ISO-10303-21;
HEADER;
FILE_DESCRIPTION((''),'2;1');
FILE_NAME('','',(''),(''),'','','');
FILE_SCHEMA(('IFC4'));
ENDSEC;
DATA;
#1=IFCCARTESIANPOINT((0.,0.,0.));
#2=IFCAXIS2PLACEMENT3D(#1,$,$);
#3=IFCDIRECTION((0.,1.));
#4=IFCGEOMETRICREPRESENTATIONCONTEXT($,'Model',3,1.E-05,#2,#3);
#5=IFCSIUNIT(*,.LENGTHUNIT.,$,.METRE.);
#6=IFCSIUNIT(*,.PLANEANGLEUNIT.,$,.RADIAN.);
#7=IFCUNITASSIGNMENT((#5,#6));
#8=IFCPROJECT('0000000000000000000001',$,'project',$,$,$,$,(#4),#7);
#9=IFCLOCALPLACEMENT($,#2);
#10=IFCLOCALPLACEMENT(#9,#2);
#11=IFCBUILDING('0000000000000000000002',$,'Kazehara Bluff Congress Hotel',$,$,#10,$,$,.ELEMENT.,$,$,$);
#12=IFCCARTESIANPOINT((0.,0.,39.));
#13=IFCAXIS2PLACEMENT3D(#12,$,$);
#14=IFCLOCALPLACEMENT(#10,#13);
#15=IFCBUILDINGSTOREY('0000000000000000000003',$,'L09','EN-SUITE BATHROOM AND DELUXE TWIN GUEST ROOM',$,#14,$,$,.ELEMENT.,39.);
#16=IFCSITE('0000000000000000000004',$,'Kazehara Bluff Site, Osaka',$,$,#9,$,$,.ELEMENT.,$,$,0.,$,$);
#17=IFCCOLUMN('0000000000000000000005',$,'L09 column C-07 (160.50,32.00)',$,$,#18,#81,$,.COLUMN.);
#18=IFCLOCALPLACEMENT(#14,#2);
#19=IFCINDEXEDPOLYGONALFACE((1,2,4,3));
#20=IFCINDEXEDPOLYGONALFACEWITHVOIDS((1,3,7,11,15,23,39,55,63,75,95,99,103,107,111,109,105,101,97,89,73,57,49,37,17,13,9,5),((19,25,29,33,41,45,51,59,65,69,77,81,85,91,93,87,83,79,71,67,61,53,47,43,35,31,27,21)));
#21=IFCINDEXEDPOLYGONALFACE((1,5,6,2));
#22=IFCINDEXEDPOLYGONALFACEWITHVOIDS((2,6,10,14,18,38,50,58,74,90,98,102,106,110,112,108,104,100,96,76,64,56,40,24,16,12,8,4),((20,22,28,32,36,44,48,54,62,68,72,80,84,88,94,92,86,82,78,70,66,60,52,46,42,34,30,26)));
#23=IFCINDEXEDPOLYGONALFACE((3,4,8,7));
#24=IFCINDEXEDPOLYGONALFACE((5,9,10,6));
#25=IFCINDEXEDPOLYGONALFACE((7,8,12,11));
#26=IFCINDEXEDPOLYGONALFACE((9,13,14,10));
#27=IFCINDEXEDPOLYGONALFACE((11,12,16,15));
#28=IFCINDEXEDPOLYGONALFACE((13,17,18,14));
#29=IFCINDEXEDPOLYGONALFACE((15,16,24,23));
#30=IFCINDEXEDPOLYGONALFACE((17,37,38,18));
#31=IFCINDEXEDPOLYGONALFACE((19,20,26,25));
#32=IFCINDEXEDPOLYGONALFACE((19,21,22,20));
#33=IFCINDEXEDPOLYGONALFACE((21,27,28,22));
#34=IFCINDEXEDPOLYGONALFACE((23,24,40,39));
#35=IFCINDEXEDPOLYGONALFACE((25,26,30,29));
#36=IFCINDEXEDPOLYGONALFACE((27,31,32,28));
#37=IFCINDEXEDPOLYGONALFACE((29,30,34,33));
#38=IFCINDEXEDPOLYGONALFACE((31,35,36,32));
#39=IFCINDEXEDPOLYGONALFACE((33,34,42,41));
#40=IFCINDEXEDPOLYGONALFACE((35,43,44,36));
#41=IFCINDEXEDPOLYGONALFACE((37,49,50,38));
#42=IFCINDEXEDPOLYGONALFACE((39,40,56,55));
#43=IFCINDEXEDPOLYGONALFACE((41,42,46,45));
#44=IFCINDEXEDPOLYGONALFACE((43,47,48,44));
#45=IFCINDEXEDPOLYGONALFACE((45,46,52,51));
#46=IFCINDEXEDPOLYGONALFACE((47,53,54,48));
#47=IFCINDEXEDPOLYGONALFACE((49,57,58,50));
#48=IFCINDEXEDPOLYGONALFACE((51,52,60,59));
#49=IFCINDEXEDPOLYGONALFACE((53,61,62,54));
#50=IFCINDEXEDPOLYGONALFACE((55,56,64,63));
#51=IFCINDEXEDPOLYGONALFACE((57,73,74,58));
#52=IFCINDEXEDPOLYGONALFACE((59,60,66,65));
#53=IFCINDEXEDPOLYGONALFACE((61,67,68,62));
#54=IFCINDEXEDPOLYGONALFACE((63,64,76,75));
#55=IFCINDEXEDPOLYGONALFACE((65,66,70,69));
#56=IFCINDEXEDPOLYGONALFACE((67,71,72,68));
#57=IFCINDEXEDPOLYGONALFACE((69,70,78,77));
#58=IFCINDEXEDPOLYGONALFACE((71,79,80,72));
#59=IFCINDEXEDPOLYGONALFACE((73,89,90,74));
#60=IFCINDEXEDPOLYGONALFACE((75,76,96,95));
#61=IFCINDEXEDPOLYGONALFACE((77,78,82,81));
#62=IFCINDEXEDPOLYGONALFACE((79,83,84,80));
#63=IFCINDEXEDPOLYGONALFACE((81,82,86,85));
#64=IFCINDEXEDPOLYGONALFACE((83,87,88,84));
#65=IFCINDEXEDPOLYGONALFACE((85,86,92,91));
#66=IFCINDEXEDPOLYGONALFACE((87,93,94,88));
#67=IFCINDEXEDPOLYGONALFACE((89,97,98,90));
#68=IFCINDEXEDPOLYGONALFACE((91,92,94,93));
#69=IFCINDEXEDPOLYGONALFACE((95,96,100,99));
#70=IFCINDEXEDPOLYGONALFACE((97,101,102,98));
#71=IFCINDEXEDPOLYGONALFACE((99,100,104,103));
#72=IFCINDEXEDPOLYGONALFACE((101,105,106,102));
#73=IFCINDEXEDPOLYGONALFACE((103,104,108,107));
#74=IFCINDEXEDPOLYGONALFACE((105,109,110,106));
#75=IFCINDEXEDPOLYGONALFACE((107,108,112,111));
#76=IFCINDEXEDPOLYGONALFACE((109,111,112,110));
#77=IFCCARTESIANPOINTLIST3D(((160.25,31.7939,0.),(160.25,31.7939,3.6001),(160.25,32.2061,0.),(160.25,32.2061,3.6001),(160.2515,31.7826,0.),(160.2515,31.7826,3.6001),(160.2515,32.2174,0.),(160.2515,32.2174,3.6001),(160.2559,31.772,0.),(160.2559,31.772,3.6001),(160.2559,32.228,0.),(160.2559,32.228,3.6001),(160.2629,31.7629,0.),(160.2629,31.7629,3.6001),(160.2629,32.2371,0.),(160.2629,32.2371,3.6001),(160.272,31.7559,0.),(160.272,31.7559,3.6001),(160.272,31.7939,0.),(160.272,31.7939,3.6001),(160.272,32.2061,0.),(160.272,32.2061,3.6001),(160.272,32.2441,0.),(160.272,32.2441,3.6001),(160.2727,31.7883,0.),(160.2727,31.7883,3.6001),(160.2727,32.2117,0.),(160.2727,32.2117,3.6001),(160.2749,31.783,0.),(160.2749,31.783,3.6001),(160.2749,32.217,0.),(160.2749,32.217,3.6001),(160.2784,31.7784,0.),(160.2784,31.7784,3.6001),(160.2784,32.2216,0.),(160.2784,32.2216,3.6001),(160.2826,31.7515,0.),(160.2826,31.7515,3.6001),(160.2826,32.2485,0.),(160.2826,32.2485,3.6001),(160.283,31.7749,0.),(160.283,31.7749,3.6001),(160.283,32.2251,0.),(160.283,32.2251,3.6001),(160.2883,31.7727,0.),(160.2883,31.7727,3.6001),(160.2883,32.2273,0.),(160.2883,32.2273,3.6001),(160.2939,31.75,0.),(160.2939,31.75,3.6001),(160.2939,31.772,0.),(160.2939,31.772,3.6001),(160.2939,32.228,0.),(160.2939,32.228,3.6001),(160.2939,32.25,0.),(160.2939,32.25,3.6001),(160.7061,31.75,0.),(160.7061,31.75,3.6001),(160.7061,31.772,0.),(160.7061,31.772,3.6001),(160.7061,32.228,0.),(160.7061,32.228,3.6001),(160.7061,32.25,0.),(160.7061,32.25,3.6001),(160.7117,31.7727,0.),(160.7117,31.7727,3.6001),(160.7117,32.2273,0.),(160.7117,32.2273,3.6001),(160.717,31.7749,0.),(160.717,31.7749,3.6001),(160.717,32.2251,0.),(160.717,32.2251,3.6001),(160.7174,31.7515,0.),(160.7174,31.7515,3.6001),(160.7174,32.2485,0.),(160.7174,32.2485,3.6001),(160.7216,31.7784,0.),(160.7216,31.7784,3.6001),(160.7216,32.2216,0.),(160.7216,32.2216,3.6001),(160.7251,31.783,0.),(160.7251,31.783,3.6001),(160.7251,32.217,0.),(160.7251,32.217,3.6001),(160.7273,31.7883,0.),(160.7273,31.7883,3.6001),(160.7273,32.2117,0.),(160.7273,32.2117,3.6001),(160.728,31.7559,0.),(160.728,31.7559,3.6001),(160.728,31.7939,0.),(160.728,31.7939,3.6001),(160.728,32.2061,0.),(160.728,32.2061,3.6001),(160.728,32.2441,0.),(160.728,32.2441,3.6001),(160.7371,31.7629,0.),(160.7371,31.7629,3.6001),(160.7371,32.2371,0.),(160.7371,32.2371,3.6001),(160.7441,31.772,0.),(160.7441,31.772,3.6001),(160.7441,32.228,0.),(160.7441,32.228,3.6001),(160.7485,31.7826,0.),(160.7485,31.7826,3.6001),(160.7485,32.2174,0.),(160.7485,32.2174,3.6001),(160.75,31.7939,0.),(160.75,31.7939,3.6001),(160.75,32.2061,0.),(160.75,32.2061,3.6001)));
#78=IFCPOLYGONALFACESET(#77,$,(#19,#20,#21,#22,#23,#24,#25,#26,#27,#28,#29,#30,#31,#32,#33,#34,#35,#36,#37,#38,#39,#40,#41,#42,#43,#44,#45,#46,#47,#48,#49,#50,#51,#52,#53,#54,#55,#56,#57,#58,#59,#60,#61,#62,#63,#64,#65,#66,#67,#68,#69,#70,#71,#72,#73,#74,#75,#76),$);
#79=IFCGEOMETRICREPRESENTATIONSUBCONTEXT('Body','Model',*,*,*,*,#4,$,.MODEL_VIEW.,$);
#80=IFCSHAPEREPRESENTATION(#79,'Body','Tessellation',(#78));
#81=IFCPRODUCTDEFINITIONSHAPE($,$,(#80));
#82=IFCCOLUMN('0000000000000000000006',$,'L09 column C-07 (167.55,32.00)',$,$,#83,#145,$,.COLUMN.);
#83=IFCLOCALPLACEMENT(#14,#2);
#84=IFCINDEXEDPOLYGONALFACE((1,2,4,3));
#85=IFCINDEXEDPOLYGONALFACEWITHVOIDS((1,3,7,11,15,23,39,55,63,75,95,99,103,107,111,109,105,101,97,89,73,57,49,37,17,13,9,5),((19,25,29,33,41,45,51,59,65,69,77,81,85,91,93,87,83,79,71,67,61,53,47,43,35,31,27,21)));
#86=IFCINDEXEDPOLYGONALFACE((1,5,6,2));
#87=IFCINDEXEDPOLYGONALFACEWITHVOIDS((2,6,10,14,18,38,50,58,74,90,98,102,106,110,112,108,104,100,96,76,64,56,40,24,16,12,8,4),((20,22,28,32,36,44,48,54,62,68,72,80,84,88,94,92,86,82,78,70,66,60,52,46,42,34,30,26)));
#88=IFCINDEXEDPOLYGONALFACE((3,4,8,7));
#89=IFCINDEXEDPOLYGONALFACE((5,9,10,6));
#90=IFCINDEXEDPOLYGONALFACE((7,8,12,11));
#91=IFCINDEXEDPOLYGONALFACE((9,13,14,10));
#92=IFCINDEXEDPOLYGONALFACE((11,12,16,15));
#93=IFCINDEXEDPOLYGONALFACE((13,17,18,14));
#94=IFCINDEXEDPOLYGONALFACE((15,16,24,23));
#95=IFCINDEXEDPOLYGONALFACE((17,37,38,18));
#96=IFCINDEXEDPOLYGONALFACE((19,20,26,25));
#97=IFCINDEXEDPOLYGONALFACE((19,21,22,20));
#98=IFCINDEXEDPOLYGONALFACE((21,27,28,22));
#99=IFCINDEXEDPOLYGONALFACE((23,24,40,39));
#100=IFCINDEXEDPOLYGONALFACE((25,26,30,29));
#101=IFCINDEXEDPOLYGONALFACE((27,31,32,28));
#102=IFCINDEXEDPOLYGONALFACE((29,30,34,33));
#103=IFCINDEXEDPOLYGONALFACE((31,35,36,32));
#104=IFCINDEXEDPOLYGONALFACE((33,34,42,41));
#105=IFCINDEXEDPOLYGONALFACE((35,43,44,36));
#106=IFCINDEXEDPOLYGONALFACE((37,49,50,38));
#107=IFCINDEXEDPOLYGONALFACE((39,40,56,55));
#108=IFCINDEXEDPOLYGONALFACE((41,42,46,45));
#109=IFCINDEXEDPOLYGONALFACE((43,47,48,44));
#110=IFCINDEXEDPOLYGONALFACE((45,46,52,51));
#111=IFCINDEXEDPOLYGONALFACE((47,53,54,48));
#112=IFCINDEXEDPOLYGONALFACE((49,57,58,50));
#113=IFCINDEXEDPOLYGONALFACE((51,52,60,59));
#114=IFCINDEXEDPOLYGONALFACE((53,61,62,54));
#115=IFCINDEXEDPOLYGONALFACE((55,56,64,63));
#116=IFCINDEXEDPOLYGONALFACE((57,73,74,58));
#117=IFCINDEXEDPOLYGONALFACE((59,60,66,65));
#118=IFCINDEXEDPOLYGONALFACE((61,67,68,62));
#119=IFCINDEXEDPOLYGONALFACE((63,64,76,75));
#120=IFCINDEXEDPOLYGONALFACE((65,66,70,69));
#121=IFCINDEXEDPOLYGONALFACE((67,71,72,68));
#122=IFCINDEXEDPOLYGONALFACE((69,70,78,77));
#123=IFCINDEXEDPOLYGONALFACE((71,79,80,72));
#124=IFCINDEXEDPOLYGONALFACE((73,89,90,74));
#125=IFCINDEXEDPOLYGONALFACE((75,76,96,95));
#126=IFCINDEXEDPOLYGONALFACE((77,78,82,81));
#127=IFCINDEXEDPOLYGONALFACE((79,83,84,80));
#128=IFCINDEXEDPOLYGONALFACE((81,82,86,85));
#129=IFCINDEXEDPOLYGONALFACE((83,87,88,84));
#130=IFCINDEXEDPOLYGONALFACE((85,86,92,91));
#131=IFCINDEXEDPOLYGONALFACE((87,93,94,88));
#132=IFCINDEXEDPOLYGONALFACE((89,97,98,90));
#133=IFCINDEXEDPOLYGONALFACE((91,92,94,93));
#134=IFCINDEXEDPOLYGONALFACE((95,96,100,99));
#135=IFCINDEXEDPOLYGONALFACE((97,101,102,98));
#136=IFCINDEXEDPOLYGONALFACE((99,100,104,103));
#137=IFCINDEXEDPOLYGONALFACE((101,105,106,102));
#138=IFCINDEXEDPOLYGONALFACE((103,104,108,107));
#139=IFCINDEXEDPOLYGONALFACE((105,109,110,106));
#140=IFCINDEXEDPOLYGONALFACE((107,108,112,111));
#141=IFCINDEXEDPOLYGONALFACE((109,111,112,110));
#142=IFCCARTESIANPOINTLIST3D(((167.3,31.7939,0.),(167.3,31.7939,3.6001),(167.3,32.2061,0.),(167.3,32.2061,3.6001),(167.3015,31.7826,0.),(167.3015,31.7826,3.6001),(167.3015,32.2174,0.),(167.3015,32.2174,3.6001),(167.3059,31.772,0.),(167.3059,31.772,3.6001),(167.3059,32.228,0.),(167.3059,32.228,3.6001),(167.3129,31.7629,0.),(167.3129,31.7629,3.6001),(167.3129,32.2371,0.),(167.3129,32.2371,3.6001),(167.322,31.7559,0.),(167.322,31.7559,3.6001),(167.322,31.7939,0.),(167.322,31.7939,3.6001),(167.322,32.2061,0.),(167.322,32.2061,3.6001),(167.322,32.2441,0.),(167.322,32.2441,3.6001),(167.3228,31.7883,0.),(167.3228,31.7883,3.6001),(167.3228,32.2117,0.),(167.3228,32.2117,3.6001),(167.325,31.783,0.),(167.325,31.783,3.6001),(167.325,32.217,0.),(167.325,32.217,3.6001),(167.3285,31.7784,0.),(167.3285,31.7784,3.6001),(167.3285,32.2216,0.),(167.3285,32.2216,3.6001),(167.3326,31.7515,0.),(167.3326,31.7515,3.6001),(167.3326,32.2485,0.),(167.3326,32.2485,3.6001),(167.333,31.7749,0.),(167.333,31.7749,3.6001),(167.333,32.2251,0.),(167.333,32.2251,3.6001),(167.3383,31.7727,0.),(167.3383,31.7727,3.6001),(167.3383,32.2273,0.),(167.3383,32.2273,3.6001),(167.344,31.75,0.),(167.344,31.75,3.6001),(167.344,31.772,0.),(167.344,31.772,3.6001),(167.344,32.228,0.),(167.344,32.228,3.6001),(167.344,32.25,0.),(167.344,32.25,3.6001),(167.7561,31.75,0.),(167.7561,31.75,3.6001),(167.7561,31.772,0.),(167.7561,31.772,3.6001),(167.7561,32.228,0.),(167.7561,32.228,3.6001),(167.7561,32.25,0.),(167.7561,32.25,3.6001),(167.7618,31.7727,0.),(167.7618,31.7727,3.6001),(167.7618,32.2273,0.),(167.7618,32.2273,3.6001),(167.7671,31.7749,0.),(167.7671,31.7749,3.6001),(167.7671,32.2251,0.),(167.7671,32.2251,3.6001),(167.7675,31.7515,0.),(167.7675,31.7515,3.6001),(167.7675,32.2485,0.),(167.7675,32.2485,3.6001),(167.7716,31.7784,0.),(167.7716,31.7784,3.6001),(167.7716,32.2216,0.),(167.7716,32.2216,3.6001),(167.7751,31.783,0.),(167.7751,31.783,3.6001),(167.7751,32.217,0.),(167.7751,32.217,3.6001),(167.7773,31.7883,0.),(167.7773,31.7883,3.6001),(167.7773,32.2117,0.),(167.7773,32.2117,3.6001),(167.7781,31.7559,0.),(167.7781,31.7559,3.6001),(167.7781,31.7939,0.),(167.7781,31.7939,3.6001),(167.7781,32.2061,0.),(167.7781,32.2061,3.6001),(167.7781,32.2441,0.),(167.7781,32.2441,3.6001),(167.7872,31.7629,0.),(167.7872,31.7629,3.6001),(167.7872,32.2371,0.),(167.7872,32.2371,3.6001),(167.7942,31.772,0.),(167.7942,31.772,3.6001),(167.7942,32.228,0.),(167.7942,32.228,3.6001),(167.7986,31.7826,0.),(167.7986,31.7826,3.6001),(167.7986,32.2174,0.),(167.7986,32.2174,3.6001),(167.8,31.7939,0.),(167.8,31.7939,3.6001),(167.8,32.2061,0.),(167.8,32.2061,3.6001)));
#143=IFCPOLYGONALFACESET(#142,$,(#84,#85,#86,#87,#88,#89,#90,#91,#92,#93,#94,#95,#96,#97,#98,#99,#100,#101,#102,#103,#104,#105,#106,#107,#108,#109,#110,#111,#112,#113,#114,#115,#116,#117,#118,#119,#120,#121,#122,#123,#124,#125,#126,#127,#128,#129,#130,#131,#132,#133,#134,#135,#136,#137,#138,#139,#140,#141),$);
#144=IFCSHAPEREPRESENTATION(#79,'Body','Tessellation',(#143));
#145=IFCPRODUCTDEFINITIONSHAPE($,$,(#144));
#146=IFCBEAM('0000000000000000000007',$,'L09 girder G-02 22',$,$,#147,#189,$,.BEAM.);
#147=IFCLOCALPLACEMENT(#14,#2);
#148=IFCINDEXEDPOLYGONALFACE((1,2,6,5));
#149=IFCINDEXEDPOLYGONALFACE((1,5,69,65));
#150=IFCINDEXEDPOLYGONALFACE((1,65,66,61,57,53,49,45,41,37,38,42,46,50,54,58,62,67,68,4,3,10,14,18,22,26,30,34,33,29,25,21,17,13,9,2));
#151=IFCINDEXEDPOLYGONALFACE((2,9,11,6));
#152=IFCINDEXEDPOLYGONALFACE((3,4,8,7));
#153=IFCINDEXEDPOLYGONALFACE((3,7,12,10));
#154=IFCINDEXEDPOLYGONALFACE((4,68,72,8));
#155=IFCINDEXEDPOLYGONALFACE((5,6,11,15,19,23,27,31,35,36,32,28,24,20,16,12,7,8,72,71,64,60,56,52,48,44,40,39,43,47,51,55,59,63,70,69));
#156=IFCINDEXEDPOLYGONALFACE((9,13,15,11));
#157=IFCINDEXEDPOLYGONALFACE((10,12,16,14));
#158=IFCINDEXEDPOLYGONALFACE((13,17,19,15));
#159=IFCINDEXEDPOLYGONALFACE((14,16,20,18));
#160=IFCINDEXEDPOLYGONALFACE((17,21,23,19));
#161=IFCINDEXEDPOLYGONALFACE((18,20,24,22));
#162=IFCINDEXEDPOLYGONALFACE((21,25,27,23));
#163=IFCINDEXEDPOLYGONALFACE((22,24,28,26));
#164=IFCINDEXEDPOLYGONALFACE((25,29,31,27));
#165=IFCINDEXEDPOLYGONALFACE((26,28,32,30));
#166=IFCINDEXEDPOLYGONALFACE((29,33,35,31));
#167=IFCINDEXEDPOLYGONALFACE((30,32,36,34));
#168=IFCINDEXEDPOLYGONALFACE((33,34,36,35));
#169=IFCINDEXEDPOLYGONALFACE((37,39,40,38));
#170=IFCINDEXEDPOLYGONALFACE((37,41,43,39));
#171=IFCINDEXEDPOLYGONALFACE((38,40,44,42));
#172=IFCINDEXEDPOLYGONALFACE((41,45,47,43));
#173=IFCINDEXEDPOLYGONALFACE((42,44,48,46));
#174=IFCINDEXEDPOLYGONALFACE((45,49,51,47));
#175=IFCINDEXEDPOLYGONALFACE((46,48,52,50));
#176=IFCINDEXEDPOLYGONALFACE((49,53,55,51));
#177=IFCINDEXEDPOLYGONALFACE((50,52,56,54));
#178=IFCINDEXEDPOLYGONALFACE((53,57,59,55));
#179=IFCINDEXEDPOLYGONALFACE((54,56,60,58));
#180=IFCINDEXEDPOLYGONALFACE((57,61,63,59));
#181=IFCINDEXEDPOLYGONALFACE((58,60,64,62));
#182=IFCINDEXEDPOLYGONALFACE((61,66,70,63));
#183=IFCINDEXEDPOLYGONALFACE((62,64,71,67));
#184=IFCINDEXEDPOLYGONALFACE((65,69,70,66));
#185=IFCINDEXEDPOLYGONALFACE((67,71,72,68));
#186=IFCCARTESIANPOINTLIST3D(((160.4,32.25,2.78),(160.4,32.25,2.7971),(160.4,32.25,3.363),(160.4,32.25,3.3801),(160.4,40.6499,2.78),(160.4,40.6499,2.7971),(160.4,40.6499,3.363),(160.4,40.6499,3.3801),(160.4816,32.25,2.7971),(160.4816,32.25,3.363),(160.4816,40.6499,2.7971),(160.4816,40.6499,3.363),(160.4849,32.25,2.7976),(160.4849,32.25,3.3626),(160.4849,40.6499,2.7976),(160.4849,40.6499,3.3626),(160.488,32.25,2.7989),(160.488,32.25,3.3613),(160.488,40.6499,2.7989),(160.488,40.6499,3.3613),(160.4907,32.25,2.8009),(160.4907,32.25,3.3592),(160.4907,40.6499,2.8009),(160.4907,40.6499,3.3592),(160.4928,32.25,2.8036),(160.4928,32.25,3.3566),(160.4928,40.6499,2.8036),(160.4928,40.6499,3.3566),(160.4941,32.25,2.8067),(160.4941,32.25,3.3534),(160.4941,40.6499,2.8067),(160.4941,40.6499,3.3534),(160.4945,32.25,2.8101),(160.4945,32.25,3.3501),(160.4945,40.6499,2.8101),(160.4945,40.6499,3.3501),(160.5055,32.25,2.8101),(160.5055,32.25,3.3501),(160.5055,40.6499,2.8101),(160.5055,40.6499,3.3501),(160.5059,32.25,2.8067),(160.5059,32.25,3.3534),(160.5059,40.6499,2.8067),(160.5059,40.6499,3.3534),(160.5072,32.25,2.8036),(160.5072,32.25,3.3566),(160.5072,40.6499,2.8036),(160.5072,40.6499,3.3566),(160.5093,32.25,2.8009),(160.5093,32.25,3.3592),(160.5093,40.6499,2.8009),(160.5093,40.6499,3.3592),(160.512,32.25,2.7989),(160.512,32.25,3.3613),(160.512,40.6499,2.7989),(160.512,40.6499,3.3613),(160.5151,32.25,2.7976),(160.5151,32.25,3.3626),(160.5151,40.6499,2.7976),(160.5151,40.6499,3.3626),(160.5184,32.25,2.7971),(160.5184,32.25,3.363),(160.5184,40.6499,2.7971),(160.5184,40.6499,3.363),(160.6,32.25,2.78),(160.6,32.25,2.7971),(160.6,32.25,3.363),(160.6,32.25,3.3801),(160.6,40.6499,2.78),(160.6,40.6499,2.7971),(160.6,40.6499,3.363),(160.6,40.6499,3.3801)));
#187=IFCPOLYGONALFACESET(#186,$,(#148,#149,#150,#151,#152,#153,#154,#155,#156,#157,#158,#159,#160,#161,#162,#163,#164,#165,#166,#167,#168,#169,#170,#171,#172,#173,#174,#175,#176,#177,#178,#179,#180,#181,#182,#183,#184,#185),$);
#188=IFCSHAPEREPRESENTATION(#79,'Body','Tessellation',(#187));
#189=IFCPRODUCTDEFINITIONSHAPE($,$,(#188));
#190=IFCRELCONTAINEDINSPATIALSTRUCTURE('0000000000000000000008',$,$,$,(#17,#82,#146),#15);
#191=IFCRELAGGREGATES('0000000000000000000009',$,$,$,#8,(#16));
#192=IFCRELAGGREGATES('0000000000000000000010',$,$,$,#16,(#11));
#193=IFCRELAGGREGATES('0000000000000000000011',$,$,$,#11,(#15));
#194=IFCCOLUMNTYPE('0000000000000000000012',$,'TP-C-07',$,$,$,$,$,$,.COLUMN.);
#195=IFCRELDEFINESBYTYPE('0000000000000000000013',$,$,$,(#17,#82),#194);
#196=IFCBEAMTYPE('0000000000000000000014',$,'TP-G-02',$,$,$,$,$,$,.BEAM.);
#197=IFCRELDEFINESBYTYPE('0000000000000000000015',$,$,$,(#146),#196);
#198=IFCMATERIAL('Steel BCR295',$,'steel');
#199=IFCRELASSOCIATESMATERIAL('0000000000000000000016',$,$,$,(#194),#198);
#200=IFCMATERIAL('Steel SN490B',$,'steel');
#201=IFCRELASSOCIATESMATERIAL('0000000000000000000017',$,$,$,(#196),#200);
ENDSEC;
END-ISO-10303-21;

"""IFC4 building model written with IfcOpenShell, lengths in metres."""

from ifc_helpers import new_model, si_unit, direction, frame, origin, origin_2d, place, context, subcontext, project, spatial, hollow_rectangle, i_section, extrude, material, material_profile, profile_set, type_object, element, save


model = new_model("IFC4")

# Units and contexts
model_context = context("Model", 3, precision=1e-05, world=origin(), true_north=direction((0.0, 1.0)))
body_context = subcontext(model_context, "Body", "Model", "MODEL_VIEW")
ifc_project = project(units=[si_unit("LENGTHUNIT", "METRE"), si_unit("PLANEANGLEUNIT", "RADIAN")], contexts=[model_context])

# Site, building, storey
site_placement = place(None, origin())
site = spatial("IfcSite", under=ifc_project, at=site_placement, Name="Kazehara Bluff Site, Osaka", CompositionType="ELEMENT", RefElevation=0.0)
building_placement = place(site_placement, origin())
building = spatial("IfcBuilding", under=site, at=building_placement, Name="Kazehara Bluff Congress Hotel", CompositionType="ELEMENT")
storey_placement = place(building_placement, frame((0.0, 0.0, 39.0)))
storey = spatial("IfcBuildingStorey", under=building, at=storey_placement, Name="L09", Description="EN-SUITE BATHROOM AND DELUXE TWIN GUEST ROOM", CompositionType="ELEMENT", Elevation=39.0)

# Columns
ifc_material_1 = material(Name="Steel BCR295", Category="steel")
ifc_material_profile_1 = material_profile(ifc_material_1, hollow_rectangle(XDim=0.5, YDim=0.5, WallThickness=0.022, InnerFilletRadius=0.022, OuterFilletRadius=0.0439, at=origin_2d()))
ifc_profile_set_1 = profile_set([ifc_material_profile_1], Name="Steel BCR295")
column_type = type_object("IfcColumnType", Name="TP-C-07", PredefinedType="COLUMN", material=ifc_profile_set_1)
for number, where, z_axis, x_axis, name in (
    (1, (160.5, 32.0, 0.0), (0.0, 0.0, 1.0), (1.0, 0.0, 0.0), "L09 column C-07 (160.50,32.00)"),
    (2, (167.55, 32.0, 0.0), (0.0, 0.0, 1.0), (1.0, 0.0, 0.0), "L09 column C-07 (167.55,32.00)"),
):
    element("IfcColumn", number, at=place(storey_placement, frame(where, z_axis=z_axis, x_axis=x_axis)), inside=storey, type_object=column_type, Name=name, PredefinedType="COLUMN", context=body_context, shape_type="SweptSolid", body=[
        extrude(hollow_rectangle(XDim=0.5, YDim=0.5, WallThickness=0.022, InnerFilletRadius=0.022, OuterFilletRadius=0.0439, at=origin_2d()), origin(), (0.0, 0.0, 1.0), 3.6001),
    ])

# Beam
ifc_material_2 = material(Name="Steel SN490B", Category="steel")
ifc_material_profile_2 = material_profile(ifc_material_2, i_section(OverallWidth=0.2, OverallDepth=0.6001, WebThickness=0.011, FlangeThickness=0.0171, FilletRadius=0.0129, at=origin_2d()))
ifc_profile_set_2 = profile_set([ifc_material_profile_2], Name="Steel SN490B")
beam_type_1 = type_object("IfcBeamType", Name="TP-G-02", PredefinedType="BEAM", material=ifc_profile_set_2)
for number, where, z_axis, x_axis, name in (
    (3, (160.5, 32.25, 3.0801), (0.0, 1.0, 0.0), (-1.0, 0.0, 0.0), "L09 girder G-02 22"),
):
    element("IfcBeam", number, at=place(storey_placement, frame(where, z_axis=z_axis, x_axis=x_axis)), inside=storey, type_object=beam_type_1, Name=name, PredefinedType="BEAM", context=body_context, shape_type="SweptSolid", body=[
        extrude(i_section(OverallWidth=0.2, OverallDepth=0.6001, WebThickness=0.011, FlangeThickness=0.0171, FilletRadius=0.0129, at=origin_2d()), origin(), (0.0, 0.0, 1.0), 8.3999),
    ])

save(model, "model.ifc")
